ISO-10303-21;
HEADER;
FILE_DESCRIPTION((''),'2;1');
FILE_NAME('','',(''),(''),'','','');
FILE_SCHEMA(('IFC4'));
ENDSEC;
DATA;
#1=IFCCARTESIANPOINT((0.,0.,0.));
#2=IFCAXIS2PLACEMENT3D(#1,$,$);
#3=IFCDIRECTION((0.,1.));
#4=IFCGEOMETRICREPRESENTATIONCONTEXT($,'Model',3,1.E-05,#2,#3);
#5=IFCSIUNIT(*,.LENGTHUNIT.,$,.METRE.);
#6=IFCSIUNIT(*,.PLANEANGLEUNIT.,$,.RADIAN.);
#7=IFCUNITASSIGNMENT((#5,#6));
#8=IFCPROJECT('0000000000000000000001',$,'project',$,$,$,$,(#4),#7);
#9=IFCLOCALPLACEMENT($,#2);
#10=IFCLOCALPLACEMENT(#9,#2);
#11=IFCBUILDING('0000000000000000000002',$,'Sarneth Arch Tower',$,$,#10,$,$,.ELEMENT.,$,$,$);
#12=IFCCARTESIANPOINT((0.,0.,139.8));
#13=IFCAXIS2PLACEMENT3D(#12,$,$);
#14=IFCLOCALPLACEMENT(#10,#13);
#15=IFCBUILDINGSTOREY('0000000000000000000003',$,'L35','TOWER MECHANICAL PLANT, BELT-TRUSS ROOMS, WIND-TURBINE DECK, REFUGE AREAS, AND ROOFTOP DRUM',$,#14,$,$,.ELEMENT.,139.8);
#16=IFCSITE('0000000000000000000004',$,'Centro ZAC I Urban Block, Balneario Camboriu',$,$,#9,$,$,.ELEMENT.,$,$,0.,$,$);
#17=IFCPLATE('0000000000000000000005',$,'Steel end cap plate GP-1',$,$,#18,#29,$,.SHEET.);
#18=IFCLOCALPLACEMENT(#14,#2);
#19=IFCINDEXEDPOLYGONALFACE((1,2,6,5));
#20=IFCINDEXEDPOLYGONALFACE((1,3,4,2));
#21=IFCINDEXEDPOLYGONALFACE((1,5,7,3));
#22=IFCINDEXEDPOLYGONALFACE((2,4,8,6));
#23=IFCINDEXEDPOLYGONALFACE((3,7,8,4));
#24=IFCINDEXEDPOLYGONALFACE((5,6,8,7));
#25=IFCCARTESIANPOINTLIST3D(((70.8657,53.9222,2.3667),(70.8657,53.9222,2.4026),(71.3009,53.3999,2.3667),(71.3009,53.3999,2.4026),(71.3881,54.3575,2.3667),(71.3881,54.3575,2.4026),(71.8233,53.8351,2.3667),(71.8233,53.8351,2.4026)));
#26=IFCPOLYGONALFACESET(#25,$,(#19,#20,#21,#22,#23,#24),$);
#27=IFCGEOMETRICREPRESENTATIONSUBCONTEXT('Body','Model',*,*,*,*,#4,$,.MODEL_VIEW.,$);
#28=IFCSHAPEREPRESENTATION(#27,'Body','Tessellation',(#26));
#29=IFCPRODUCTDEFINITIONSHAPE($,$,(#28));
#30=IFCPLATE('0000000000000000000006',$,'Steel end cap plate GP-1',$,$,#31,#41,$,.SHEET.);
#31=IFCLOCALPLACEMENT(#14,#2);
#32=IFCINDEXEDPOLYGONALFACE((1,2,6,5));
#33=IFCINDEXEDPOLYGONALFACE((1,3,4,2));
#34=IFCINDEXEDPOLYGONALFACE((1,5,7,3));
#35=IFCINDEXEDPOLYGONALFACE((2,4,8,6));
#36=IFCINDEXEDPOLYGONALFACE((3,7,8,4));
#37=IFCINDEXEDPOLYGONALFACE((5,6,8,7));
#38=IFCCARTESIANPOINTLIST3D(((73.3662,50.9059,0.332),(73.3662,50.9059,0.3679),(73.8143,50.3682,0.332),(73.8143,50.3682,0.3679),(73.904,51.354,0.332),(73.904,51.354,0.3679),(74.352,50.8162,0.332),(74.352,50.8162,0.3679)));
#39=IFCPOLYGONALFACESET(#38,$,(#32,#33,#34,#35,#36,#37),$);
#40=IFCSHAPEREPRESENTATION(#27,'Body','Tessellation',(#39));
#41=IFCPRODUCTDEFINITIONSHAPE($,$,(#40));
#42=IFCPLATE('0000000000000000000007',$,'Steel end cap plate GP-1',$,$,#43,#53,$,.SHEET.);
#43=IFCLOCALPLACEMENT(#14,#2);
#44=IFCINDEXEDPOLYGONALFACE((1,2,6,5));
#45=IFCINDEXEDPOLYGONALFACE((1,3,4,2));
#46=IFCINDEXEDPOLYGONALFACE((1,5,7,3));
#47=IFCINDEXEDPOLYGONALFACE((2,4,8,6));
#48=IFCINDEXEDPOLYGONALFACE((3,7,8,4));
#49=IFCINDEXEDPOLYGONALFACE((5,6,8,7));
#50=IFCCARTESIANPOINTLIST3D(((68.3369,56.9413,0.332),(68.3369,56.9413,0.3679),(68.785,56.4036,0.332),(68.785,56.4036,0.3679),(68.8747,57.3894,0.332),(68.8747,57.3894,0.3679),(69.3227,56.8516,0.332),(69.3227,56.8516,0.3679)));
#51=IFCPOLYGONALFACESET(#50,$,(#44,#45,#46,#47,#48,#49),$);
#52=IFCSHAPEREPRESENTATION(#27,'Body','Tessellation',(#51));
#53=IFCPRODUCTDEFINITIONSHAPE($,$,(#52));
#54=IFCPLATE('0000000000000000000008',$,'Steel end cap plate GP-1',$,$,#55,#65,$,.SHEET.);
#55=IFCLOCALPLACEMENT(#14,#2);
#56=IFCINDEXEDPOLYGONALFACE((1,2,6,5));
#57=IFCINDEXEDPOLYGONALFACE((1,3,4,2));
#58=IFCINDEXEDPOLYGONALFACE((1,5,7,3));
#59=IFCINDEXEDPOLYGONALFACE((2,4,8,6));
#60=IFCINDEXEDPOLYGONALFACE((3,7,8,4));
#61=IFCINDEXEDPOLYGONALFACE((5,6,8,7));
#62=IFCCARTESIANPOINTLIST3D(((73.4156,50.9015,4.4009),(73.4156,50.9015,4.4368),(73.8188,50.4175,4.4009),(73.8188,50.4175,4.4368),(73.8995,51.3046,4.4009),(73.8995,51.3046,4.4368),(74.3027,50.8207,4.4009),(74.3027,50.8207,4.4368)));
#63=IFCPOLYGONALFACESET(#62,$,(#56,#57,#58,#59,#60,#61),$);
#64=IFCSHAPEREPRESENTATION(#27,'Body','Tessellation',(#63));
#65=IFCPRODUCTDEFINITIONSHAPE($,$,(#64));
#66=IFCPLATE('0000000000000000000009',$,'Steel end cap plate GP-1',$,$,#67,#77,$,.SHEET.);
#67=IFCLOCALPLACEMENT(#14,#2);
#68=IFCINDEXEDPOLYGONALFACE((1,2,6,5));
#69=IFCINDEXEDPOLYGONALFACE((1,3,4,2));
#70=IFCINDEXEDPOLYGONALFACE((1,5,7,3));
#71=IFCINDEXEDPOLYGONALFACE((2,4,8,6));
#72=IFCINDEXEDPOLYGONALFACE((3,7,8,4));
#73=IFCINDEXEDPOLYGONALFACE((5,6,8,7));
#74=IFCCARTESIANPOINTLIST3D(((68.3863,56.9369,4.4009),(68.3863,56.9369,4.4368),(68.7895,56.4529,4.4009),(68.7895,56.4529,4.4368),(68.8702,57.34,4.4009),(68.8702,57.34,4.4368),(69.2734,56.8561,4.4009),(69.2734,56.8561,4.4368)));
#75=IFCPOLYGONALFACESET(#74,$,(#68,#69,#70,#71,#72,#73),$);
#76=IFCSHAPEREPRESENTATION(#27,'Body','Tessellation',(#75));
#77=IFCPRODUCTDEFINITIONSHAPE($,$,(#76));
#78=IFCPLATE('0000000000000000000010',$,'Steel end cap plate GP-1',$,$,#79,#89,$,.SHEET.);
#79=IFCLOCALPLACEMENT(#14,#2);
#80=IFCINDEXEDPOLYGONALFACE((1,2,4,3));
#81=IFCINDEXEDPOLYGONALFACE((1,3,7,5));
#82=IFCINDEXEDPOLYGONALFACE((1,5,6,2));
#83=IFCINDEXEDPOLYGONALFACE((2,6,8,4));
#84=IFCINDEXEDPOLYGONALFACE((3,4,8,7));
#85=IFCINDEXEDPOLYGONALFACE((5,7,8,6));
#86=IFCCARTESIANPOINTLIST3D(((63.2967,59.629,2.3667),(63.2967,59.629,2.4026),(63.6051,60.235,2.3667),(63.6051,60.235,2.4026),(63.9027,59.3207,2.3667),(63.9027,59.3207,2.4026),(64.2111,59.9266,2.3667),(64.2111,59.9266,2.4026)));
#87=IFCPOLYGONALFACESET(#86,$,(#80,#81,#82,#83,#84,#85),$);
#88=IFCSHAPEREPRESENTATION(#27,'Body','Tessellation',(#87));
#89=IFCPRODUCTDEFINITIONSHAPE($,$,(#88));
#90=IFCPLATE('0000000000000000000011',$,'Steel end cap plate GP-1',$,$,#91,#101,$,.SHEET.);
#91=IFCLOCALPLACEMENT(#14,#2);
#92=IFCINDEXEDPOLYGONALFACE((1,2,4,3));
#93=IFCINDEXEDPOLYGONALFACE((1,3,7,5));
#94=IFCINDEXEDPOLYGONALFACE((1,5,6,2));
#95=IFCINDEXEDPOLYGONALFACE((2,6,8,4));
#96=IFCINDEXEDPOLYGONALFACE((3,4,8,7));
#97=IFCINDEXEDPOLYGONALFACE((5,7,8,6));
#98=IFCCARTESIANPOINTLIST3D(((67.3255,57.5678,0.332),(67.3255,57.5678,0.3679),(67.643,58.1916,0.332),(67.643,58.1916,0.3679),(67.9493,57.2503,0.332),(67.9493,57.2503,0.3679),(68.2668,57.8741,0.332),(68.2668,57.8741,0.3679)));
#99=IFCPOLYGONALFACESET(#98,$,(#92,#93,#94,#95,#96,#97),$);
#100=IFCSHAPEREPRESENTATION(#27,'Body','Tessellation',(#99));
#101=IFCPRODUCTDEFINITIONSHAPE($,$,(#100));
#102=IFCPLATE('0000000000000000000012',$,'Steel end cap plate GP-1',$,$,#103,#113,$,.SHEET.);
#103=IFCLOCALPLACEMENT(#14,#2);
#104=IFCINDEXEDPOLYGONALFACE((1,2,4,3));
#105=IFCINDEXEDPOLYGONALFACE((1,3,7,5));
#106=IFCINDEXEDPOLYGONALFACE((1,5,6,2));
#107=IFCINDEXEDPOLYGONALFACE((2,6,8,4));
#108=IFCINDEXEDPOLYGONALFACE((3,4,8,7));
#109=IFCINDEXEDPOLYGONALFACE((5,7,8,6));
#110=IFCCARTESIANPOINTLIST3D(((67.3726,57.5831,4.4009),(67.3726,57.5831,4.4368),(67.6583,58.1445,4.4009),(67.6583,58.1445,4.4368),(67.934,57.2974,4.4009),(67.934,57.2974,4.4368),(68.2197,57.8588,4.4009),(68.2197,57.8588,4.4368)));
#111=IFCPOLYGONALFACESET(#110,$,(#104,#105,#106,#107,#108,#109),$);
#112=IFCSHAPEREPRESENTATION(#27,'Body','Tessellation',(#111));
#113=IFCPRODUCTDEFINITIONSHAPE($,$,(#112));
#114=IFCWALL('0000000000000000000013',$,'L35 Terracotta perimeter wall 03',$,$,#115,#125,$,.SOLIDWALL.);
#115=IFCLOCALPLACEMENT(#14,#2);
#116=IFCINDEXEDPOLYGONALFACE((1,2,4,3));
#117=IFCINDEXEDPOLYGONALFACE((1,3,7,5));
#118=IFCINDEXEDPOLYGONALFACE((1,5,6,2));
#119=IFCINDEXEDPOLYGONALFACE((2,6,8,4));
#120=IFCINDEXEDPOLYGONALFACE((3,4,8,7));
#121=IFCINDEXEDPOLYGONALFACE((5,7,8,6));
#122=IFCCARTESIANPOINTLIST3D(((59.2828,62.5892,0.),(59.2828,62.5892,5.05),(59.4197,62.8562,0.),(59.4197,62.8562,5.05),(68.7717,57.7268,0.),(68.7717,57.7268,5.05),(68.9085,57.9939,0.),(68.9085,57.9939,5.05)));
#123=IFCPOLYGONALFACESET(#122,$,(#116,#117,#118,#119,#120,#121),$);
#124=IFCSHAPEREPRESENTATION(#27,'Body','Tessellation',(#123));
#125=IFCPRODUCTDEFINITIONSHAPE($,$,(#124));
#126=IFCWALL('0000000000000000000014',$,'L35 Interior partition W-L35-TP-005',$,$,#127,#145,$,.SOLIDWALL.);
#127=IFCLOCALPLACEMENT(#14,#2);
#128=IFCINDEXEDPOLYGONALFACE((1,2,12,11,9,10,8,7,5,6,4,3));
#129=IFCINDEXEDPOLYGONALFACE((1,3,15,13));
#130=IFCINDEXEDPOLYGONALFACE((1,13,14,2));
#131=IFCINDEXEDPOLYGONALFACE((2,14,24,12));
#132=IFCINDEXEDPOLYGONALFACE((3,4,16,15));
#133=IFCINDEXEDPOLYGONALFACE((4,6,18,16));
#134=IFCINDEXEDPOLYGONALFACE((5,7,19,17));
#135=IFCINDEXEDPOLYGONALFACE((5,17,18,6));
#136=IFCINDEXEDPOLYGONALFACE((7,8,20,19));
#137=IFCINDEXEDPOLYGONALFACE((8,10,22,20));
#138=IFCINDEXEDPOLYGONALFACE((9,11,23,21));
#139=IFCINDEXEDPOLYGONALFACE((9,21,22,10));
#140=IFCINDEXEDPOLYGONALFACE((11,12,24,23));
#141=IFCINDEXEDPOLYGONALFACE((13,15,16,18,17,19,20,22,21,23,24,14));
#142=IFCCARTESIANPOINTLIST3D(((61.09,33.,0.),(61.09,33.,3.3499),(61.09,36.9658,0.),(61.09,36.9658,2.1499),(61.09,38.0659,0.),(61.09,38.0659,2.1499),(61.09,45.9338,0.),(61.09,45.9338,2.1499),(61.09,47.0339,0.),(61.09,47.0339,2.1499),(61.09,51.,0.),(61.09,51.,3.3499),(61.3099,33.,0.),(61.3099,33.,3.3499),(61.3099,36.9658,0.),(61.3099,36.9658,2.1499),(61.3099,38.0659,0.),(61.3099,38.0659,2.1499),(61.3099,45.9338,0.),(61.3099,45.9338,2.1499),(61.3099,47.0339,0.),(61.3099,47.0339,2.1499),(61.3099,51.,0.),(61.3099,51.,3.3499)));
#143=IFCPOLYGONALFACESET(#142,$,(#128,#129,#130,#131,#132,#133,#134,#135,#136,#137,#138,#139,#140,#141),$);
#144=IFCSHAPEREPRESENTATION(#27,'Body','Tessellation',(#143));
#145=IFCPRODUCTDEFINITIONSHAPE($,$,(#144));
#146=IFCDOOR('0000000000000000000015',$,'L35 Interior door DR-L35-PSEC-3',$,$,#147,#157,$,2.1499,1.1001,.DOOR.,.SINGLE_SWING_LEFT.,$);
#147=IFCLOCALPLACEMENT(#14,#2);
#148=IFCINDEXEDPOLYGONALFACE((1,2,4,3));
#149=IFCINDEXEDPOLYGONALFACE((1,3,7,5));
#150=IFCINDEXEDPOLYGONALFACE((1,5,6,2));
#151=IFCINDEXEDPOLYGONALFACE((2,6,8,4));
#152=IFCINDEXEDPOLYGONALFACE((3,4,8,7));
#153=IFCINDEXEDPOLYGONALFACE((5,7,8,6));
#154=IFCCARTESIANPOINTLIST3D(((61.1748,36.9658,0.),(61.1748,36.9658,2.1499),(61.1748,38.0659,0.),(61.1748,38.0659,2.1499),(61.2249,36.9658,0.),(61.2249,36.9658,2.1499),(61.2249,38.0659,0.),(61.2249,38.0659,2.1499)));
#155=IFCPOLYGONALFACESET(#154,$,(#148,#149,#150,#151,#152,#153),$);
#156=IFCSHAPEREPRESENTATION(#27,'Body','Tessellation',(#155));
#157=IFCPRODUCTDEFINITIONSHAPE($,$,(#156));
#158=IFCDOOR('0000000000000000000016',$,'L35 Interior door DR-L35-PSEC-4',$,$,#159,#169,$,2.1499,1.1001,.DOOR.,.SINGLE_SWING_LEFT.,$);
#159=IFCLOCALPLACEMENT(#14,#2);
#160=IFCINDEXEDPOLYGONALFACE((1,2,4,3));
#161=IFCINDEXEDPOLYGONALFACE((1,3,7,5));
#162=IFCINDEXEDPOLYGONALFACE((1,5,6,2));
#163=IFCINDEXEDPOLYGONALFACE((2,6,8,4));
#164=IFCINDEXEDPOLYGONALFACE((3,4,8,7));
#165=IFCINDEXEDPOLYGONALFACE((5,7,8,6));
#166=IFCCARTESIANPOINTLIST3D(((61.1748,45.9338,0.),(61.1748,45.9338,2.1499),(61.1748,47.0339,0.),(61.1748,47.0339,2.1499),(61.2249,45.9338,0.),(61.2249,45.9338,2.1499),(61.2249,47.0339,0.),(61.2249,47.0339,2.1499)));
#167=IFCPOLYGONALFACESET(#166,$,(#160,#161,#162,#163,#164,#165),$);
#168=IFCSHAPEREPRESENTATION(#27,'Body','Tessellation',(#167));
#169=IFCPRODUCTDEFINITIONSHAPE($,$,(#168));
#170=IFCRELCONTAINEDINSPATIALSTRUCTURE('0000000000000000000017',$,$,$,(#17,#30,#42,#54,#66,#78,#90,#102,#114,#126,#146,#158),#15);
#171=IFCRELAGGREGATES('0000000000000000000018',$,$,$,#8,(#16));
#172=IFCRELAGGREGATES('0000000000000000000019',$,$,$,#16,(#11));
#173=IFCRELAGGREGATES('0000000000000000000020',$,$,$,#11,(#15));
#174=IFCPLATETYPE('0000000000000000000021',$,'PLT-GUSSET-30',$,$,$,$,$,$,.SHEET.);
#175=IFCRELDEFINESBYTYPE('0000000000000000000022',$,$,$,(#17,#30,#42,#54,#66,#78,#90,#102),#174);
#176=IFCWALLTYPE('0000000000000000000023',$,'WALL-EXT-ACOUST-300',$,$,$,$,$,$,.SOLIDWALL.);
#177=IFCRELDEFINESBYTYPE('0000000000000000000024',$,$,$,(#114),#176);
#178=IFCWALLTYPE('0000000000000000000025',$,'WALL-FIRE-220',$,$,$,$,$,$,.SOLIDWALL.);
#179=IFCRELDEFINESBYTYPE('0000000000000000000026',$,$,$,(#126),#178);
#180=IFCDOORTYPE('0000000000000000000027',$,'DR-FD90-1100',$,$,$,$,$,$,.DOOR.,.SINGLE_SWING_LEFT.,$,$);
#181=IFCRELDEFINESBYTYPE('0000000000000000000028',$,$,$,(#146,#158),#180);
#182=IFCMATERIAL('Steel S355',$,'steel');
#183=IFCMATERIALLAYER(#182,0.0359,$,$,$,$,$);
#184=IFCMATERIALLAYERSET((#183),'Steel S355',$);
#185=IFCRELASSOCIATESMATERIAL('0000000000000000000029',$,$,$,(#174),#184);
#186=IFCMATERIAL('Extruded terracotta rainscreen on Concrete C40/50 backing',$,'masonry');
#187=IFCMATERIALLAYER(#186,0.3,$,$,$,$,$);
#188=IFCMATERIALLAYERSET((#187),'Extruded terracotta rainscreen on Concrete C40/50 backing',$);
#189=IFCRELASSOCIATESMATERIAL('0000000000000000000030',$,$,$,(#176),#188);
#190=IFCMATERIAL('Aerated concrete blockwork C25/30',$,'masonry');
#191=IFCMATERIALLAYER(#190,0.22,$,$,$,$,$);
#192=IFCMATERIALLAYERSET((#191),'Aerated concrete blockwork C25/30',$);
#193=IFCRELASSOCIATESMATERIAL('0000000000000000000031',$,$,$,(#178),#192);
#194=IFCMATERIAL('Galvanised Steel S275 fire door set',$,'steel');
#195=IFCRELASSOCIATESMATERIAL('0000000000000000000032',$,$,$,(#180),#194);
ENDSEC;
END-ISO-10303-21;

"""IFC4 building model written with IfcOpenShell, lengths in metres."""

from ifc_helpers import new_model, si_unit, direction, frame, frame_2d, origin, origin_2d, place, context, subcontext, project, spatial, rectangle, extrude, material, layer, layer_set, type_object, element, fill, save


model = new_model("IFC4")

# Units and contexts
model_context = context("Model", 3, precision=1e-05, world=origin(), true_north=direction((0.0, 1.0)))
body_context = subcontext(model_context, "Body", "Model", "MODEL_VIEW")
ifc_project = project(units=[si_unit("LENGTHUNIT", "METRE"), si_unit("PLANEANGLEUNIT", "RADIAN")], contexts=[model_context])

# Site, building, storey
site_placement = place(None, origin())
site = spatial("IfcSite", under=ifc_project, at=site_placement, Name="Centro ZAC I Urban Block, Balneario Camboriu", CompositionType="ELEMENT", RefElevation=0.0)
building_placement = place(site_placement, origin())
building = spatial("IfcBuilding", under=site, at=building_placement, Name="Sarneth Arch Tower", CompositionType="ELEMENT")
storey_placement = place(building_placement, frame((0.0, 0.0, 139.8)))
storey = spatial("IfcBuildingStorey", under=building, at=storey_placement, Name="L35", Description="TOWER MECHANICAL PLANT, BELT-TRUSS ROOMS, WIND-TURBINE DECK, REFUGE AREAS, AND ROOFTOP DRUM", CompositionType="ELEMENT", Elevation=139.8)

# Plates
ifc_material_1 = material(Name="Steel S355", Category="steel")
ifc_layer_1 = layer(ifc_material_1, 0.0359)
ifc_layer_set_1 = layer_set([ifc_layer_1], Name="Steel S355")
plate_type = type_object("IfcPlateType", Name="PLT-GUSSET-30", PredefinedType="SHEET", material=ifc_layer_set_1)
plate_1_placement = place(storey_placement, frame((71.3445, 53.8787, 2.3667), z_axis=(0.0, 0.0, 1.0), x_axis=(-0.64011, 0.768284, 0.0)))
element("IfcPlate", 1, at=plate_1_placement, inside=storey, type_object=plate_type, Name="Steel end cap plate GP-1", PredefinedType="SHEET", context=body_context, shape_type="SweptSolid", body=[
    extrude(rectangle(XDim=0.6799, YDim=0.6799, at=origin_2d()), origin(), (0.0, 0.0, 1.0), 0.0359),
])
for number, where, z_axis, x_axis, name in (
    (2, (73.8591, 50.8611, 0.332), (0.0, 0.0, 1.0), (0.64011, -0.768284, 0.0), "Steel end cap plate GP-1"),
    (3, (68.8298, 56.8965, 0.332), (0.0, 0.0, 1.0), (-0.64011, 0.768284, 0.0), "Steel end cap plate GP-1"),
):
    element("IfcPlate", number, at=place(storey_placement, frame(where, z_axis=z_axis, x_axis=x_axis)), inside=storey, type_object=plate_type, Name=name, PredefinedType="SHEET", context=body_context, shape_type="SweptSolid", body=[
        extrude(rectangle(XDim=0.7, YDim=0.7, at=origin_2d()), origin(), (0.0, 0.0, 1.0), 0.0359),
    ])
for number, where, z_axis, x_axis, name in (
    (4, (73.8591, 50.8611, 4.4009), (0.0, 0.0, 1.0), (0.64011, -0.768284, 0.0), "Steel end cap plate GP-1"),
    (5, (68.8298, 56.8965, 4.4009), (0.0, 0.0, 1.0), (-0.64011, 0.768284, 0.0), "Steel end cap plate GP-1"),
):
    element("IfcPlate", number, at=place(storey_placement, frame(where, z_axis=z_axis, x_axis=x_axis)), inside=storey, type_object=plate_type, Name=name, PredefinedType="SHEET", context=body_context, shape_type="SweptSolid", body=[
        extrude(rectangle(XDim=0.6299, YDim=0.6299, at=origin_2d()), origin(), (0.0, 0.0, 1.0), 0.0359),
    ])
plate_2_placement = place(storey_placement, frame((63.7539, 59.7778, 2.3667), z_axis=(0.0, 0.0, 1.0), x_axis=(-0.891244, 0.453524, 0.0)))
element("IfcPlate", 6, at=plate_2_placement, inside=storey, type_object=plate_type, Name="Steel end cap plate GP-1", PredefinedType="SHEET", context=body_context, shape_type="SweptSolid", body=[
    extrude(rectangle(XDim=0.6799, YDim=0.6799, at=origin_2d()), origin(), (0.0, 0.0, 1.0), 0.0359),
])
plate_3_placement = place(storey_placement, frame((67.7961, 57.7209, 0.332), z_axis=(0.0, 0.0, 1.0), x_axis=(0.891244, -0.453524, 0.0)))
element("IfcPlate", 7, at=plate_3_placement, inside=storey, type_object=plate_type, Name="Steel end cap plate GP-1", PredefinedType="SHEET", context=body_context, shape_type="SweptSolid", body=[
    extrude(rectangle(XDim=0.7, YDim=0.7, at=origin_2d()), origin(), (0.0, 0.0, 1.0), 0.0359),
])
plate_4_placement = place(storey_placement, frame((67.7961, 57.7209, 4.4009), z_axis=(0.0, 0.0, 1.0), x_axis=(0.891244, -0.453524, 0.0)))
element("IfcPlate", 8, at=plate_4_placement, inside=storey, type_object=plate_type, Name="Steel end cap plate GP-1", PredefinedType="SHEET", context=body_context, shape_type="SweptSolid", body=[
    extrude(rectangle(XDim=0.6299, YDim=0.6299, at=origin_2d()), origin(), (0.0, 0.0, 1.0), 0.0359),
])

# Wall
ifc_material_2 = material(Name="Extruded terracotta rainscreen on Concrete C40/50 backing", Category="masonry")
ifc_layer_2 = layer(ifc_material_2, 0.3)
ifc_layer_set_2 = layer_set([ifc_layer_2], Name="Extruded terracotta rainscreen on Concrete C40/50 backing")
wall_type_1 = type_object("IfcWallType", Name="WALL-EXT-ACOUST-300", PredefinedType="SOLIDWALL", material=ifc_layer_set_2)
wall_1_placement = place(storey_placement, frame((68.8401, 57.8604, 0.0), z_axis=(0.0, 0.0, 1.0), x_axis=(-0.88996, 0.45604, 0.0)))
element("IfcWall", 9, at=wall_1_placement, inside=storey, type_object=wall_type_1, Name="L35 Terracotta perimeter wall 03", PredefinedType="SOLIDWALL", context=body_context, shape_type="SweptSolid", body=[
    extrude(rectangle(XDim=10.6621, YDim=0.3, at=frame_2d((5.3311, 0.0))), origin(), (0.0, 0.0, 1.0), 5.05),
])

# Wall, openings, doors
ifc_material_3 = material(Name="Aerated concrete blockwork C25/30", Category="masonry")
ifc_layer_3 = layer(ifc_material_3, 0.22)
ifc_layer_set_3 = layer_set([ifc_layer_3], Name="Aerated concrete blockwork C25/30")
wall_type_2 = type_object("IfcWallType", Name="WALL-FIRE-220", PredefinedType="SOLIDWALL", material=ifc_layer_set_3)
wall_2_placement = place(storey_placement, frame((61.2, 51.0, 0.0), z_axis=(0.0, 0.0, 1.0), x_axis=(0.0, -1.0, 0.0)))
wall_2 = element("IfcWall", 10, at=wall_2_placement, inside=storey, type_object=wall_type_2, Name="L35 Interior partition W-L35-TP-005", PredefinedType="SOLIDWALL", context=body_context, shape_type="SweptSolid", body=[
    extrude(rectangle(XDim=18.0, YDim=0.22, at=frame_2d((9.0, 0.0))), origin(), (0.0, 0.0, 1.0), 3.3499),
])
opening_1_placement = place(wall_2_placement, frame((12.9341, 0.0, 0.0)))
opening_1 = element("IfcOpeningElement", 11, at=opening_1_placement, cuts=wall_2, PredefinedType="OPENING", context=body_context, shape_type="SweptSolid", body=[
    extrude(rectangle(XDim=1.1001, YDim=2.1499, at=frame_2d((0.55, 1.075))), frame((0.0, 0.1199, 0.0), z_axis=(0.0, -1.0, 0.0), x_axis=(1.0, 0.0, 0.0)), (0.0, 0.0, 1.0), 0.24),
])
opening_2_placement = place(wall_2_placement, frame((3.9661, 0.0, 0.0)))
opening_2 = element("IfcOpeningElement", 12, at=opening_2_placement, cuts=wall_2, PredefinedType="OPENING", context=body_context, shape_type="SweptSolid", body=[
    extrude(rectangle(XDim=1.1001, YDim=2.1499, at=frame_2d((0.55, 1.075))), frame((0.0, 0.1199, 0.0), z_axis=(0.0, -1.0, 0.0), x_axis=(1.0, 0.0, 0.0)), (0.0, 0.0, 1.0), 0.24),
])
ifc_material_4 = material(Name="Galvanised Steel S275 fire door set", Category="steel")
door_type = type_object("IfcDoorType", Name="DR-FD90-1100", OperationType="SINGLE_SWING_LEFT", PredefinedType="DOOR", material=ifc_material_4)
door_1_placement = place(opening_1_placement, origin())
door_1 = element("IfcDoor", 13, at=door_1_placement, inside=storey, type_object=door_type, Name="L35 Interior door DR-L35-PSEC-3", OperationType="SINGLE_SWING_LEFT", OverallHeight=2.1499, OverallWidth=1.1001, PredefinedType="DOOR", context=body_context, shape_type="SweptSolid", body=[
    extrude(rectangle(XDim=1.1001, YDim=2.1499, at=frame_2d((0.55, 1.075))), frame((0.0, 0.0249, 0.0), z_axis=(0.0, -1.0, 0.0), x_axis=(1.0, 0.0, 0.0)), (0.0, 0.0, 1.0), 0.05),
])
fill(opening_1, door_1)
door_2_placement = place(opening_2_placement, origin())
door_2 = element("IfcDoor", 14, at=door_2_placement, inside=storey, type_object=door_type, Name="L35 Interior door DR-L35-PSEC-4", OperationType="SINGLE_SWING_LEFT", OverallHeight=2.1499, OverallWidth=1.1001, PredefinedType="DOOR", context=body_context, shape_type="SweptSolid", body=[
    extrude(rectangle(XDim=1.1001, YDim=2.1499, at=frame_2d((0.55, 1.075))), frame((0.0, 0.0249, 0.0), z_axis=(0.0, -1.0, 0.0), x_axis=(1.0, 0.0, 0.0)), (0.0, 0.0, 1.0), 0.05),
])
fill(opening_2, door_2)

save(model, "model.ifc")
